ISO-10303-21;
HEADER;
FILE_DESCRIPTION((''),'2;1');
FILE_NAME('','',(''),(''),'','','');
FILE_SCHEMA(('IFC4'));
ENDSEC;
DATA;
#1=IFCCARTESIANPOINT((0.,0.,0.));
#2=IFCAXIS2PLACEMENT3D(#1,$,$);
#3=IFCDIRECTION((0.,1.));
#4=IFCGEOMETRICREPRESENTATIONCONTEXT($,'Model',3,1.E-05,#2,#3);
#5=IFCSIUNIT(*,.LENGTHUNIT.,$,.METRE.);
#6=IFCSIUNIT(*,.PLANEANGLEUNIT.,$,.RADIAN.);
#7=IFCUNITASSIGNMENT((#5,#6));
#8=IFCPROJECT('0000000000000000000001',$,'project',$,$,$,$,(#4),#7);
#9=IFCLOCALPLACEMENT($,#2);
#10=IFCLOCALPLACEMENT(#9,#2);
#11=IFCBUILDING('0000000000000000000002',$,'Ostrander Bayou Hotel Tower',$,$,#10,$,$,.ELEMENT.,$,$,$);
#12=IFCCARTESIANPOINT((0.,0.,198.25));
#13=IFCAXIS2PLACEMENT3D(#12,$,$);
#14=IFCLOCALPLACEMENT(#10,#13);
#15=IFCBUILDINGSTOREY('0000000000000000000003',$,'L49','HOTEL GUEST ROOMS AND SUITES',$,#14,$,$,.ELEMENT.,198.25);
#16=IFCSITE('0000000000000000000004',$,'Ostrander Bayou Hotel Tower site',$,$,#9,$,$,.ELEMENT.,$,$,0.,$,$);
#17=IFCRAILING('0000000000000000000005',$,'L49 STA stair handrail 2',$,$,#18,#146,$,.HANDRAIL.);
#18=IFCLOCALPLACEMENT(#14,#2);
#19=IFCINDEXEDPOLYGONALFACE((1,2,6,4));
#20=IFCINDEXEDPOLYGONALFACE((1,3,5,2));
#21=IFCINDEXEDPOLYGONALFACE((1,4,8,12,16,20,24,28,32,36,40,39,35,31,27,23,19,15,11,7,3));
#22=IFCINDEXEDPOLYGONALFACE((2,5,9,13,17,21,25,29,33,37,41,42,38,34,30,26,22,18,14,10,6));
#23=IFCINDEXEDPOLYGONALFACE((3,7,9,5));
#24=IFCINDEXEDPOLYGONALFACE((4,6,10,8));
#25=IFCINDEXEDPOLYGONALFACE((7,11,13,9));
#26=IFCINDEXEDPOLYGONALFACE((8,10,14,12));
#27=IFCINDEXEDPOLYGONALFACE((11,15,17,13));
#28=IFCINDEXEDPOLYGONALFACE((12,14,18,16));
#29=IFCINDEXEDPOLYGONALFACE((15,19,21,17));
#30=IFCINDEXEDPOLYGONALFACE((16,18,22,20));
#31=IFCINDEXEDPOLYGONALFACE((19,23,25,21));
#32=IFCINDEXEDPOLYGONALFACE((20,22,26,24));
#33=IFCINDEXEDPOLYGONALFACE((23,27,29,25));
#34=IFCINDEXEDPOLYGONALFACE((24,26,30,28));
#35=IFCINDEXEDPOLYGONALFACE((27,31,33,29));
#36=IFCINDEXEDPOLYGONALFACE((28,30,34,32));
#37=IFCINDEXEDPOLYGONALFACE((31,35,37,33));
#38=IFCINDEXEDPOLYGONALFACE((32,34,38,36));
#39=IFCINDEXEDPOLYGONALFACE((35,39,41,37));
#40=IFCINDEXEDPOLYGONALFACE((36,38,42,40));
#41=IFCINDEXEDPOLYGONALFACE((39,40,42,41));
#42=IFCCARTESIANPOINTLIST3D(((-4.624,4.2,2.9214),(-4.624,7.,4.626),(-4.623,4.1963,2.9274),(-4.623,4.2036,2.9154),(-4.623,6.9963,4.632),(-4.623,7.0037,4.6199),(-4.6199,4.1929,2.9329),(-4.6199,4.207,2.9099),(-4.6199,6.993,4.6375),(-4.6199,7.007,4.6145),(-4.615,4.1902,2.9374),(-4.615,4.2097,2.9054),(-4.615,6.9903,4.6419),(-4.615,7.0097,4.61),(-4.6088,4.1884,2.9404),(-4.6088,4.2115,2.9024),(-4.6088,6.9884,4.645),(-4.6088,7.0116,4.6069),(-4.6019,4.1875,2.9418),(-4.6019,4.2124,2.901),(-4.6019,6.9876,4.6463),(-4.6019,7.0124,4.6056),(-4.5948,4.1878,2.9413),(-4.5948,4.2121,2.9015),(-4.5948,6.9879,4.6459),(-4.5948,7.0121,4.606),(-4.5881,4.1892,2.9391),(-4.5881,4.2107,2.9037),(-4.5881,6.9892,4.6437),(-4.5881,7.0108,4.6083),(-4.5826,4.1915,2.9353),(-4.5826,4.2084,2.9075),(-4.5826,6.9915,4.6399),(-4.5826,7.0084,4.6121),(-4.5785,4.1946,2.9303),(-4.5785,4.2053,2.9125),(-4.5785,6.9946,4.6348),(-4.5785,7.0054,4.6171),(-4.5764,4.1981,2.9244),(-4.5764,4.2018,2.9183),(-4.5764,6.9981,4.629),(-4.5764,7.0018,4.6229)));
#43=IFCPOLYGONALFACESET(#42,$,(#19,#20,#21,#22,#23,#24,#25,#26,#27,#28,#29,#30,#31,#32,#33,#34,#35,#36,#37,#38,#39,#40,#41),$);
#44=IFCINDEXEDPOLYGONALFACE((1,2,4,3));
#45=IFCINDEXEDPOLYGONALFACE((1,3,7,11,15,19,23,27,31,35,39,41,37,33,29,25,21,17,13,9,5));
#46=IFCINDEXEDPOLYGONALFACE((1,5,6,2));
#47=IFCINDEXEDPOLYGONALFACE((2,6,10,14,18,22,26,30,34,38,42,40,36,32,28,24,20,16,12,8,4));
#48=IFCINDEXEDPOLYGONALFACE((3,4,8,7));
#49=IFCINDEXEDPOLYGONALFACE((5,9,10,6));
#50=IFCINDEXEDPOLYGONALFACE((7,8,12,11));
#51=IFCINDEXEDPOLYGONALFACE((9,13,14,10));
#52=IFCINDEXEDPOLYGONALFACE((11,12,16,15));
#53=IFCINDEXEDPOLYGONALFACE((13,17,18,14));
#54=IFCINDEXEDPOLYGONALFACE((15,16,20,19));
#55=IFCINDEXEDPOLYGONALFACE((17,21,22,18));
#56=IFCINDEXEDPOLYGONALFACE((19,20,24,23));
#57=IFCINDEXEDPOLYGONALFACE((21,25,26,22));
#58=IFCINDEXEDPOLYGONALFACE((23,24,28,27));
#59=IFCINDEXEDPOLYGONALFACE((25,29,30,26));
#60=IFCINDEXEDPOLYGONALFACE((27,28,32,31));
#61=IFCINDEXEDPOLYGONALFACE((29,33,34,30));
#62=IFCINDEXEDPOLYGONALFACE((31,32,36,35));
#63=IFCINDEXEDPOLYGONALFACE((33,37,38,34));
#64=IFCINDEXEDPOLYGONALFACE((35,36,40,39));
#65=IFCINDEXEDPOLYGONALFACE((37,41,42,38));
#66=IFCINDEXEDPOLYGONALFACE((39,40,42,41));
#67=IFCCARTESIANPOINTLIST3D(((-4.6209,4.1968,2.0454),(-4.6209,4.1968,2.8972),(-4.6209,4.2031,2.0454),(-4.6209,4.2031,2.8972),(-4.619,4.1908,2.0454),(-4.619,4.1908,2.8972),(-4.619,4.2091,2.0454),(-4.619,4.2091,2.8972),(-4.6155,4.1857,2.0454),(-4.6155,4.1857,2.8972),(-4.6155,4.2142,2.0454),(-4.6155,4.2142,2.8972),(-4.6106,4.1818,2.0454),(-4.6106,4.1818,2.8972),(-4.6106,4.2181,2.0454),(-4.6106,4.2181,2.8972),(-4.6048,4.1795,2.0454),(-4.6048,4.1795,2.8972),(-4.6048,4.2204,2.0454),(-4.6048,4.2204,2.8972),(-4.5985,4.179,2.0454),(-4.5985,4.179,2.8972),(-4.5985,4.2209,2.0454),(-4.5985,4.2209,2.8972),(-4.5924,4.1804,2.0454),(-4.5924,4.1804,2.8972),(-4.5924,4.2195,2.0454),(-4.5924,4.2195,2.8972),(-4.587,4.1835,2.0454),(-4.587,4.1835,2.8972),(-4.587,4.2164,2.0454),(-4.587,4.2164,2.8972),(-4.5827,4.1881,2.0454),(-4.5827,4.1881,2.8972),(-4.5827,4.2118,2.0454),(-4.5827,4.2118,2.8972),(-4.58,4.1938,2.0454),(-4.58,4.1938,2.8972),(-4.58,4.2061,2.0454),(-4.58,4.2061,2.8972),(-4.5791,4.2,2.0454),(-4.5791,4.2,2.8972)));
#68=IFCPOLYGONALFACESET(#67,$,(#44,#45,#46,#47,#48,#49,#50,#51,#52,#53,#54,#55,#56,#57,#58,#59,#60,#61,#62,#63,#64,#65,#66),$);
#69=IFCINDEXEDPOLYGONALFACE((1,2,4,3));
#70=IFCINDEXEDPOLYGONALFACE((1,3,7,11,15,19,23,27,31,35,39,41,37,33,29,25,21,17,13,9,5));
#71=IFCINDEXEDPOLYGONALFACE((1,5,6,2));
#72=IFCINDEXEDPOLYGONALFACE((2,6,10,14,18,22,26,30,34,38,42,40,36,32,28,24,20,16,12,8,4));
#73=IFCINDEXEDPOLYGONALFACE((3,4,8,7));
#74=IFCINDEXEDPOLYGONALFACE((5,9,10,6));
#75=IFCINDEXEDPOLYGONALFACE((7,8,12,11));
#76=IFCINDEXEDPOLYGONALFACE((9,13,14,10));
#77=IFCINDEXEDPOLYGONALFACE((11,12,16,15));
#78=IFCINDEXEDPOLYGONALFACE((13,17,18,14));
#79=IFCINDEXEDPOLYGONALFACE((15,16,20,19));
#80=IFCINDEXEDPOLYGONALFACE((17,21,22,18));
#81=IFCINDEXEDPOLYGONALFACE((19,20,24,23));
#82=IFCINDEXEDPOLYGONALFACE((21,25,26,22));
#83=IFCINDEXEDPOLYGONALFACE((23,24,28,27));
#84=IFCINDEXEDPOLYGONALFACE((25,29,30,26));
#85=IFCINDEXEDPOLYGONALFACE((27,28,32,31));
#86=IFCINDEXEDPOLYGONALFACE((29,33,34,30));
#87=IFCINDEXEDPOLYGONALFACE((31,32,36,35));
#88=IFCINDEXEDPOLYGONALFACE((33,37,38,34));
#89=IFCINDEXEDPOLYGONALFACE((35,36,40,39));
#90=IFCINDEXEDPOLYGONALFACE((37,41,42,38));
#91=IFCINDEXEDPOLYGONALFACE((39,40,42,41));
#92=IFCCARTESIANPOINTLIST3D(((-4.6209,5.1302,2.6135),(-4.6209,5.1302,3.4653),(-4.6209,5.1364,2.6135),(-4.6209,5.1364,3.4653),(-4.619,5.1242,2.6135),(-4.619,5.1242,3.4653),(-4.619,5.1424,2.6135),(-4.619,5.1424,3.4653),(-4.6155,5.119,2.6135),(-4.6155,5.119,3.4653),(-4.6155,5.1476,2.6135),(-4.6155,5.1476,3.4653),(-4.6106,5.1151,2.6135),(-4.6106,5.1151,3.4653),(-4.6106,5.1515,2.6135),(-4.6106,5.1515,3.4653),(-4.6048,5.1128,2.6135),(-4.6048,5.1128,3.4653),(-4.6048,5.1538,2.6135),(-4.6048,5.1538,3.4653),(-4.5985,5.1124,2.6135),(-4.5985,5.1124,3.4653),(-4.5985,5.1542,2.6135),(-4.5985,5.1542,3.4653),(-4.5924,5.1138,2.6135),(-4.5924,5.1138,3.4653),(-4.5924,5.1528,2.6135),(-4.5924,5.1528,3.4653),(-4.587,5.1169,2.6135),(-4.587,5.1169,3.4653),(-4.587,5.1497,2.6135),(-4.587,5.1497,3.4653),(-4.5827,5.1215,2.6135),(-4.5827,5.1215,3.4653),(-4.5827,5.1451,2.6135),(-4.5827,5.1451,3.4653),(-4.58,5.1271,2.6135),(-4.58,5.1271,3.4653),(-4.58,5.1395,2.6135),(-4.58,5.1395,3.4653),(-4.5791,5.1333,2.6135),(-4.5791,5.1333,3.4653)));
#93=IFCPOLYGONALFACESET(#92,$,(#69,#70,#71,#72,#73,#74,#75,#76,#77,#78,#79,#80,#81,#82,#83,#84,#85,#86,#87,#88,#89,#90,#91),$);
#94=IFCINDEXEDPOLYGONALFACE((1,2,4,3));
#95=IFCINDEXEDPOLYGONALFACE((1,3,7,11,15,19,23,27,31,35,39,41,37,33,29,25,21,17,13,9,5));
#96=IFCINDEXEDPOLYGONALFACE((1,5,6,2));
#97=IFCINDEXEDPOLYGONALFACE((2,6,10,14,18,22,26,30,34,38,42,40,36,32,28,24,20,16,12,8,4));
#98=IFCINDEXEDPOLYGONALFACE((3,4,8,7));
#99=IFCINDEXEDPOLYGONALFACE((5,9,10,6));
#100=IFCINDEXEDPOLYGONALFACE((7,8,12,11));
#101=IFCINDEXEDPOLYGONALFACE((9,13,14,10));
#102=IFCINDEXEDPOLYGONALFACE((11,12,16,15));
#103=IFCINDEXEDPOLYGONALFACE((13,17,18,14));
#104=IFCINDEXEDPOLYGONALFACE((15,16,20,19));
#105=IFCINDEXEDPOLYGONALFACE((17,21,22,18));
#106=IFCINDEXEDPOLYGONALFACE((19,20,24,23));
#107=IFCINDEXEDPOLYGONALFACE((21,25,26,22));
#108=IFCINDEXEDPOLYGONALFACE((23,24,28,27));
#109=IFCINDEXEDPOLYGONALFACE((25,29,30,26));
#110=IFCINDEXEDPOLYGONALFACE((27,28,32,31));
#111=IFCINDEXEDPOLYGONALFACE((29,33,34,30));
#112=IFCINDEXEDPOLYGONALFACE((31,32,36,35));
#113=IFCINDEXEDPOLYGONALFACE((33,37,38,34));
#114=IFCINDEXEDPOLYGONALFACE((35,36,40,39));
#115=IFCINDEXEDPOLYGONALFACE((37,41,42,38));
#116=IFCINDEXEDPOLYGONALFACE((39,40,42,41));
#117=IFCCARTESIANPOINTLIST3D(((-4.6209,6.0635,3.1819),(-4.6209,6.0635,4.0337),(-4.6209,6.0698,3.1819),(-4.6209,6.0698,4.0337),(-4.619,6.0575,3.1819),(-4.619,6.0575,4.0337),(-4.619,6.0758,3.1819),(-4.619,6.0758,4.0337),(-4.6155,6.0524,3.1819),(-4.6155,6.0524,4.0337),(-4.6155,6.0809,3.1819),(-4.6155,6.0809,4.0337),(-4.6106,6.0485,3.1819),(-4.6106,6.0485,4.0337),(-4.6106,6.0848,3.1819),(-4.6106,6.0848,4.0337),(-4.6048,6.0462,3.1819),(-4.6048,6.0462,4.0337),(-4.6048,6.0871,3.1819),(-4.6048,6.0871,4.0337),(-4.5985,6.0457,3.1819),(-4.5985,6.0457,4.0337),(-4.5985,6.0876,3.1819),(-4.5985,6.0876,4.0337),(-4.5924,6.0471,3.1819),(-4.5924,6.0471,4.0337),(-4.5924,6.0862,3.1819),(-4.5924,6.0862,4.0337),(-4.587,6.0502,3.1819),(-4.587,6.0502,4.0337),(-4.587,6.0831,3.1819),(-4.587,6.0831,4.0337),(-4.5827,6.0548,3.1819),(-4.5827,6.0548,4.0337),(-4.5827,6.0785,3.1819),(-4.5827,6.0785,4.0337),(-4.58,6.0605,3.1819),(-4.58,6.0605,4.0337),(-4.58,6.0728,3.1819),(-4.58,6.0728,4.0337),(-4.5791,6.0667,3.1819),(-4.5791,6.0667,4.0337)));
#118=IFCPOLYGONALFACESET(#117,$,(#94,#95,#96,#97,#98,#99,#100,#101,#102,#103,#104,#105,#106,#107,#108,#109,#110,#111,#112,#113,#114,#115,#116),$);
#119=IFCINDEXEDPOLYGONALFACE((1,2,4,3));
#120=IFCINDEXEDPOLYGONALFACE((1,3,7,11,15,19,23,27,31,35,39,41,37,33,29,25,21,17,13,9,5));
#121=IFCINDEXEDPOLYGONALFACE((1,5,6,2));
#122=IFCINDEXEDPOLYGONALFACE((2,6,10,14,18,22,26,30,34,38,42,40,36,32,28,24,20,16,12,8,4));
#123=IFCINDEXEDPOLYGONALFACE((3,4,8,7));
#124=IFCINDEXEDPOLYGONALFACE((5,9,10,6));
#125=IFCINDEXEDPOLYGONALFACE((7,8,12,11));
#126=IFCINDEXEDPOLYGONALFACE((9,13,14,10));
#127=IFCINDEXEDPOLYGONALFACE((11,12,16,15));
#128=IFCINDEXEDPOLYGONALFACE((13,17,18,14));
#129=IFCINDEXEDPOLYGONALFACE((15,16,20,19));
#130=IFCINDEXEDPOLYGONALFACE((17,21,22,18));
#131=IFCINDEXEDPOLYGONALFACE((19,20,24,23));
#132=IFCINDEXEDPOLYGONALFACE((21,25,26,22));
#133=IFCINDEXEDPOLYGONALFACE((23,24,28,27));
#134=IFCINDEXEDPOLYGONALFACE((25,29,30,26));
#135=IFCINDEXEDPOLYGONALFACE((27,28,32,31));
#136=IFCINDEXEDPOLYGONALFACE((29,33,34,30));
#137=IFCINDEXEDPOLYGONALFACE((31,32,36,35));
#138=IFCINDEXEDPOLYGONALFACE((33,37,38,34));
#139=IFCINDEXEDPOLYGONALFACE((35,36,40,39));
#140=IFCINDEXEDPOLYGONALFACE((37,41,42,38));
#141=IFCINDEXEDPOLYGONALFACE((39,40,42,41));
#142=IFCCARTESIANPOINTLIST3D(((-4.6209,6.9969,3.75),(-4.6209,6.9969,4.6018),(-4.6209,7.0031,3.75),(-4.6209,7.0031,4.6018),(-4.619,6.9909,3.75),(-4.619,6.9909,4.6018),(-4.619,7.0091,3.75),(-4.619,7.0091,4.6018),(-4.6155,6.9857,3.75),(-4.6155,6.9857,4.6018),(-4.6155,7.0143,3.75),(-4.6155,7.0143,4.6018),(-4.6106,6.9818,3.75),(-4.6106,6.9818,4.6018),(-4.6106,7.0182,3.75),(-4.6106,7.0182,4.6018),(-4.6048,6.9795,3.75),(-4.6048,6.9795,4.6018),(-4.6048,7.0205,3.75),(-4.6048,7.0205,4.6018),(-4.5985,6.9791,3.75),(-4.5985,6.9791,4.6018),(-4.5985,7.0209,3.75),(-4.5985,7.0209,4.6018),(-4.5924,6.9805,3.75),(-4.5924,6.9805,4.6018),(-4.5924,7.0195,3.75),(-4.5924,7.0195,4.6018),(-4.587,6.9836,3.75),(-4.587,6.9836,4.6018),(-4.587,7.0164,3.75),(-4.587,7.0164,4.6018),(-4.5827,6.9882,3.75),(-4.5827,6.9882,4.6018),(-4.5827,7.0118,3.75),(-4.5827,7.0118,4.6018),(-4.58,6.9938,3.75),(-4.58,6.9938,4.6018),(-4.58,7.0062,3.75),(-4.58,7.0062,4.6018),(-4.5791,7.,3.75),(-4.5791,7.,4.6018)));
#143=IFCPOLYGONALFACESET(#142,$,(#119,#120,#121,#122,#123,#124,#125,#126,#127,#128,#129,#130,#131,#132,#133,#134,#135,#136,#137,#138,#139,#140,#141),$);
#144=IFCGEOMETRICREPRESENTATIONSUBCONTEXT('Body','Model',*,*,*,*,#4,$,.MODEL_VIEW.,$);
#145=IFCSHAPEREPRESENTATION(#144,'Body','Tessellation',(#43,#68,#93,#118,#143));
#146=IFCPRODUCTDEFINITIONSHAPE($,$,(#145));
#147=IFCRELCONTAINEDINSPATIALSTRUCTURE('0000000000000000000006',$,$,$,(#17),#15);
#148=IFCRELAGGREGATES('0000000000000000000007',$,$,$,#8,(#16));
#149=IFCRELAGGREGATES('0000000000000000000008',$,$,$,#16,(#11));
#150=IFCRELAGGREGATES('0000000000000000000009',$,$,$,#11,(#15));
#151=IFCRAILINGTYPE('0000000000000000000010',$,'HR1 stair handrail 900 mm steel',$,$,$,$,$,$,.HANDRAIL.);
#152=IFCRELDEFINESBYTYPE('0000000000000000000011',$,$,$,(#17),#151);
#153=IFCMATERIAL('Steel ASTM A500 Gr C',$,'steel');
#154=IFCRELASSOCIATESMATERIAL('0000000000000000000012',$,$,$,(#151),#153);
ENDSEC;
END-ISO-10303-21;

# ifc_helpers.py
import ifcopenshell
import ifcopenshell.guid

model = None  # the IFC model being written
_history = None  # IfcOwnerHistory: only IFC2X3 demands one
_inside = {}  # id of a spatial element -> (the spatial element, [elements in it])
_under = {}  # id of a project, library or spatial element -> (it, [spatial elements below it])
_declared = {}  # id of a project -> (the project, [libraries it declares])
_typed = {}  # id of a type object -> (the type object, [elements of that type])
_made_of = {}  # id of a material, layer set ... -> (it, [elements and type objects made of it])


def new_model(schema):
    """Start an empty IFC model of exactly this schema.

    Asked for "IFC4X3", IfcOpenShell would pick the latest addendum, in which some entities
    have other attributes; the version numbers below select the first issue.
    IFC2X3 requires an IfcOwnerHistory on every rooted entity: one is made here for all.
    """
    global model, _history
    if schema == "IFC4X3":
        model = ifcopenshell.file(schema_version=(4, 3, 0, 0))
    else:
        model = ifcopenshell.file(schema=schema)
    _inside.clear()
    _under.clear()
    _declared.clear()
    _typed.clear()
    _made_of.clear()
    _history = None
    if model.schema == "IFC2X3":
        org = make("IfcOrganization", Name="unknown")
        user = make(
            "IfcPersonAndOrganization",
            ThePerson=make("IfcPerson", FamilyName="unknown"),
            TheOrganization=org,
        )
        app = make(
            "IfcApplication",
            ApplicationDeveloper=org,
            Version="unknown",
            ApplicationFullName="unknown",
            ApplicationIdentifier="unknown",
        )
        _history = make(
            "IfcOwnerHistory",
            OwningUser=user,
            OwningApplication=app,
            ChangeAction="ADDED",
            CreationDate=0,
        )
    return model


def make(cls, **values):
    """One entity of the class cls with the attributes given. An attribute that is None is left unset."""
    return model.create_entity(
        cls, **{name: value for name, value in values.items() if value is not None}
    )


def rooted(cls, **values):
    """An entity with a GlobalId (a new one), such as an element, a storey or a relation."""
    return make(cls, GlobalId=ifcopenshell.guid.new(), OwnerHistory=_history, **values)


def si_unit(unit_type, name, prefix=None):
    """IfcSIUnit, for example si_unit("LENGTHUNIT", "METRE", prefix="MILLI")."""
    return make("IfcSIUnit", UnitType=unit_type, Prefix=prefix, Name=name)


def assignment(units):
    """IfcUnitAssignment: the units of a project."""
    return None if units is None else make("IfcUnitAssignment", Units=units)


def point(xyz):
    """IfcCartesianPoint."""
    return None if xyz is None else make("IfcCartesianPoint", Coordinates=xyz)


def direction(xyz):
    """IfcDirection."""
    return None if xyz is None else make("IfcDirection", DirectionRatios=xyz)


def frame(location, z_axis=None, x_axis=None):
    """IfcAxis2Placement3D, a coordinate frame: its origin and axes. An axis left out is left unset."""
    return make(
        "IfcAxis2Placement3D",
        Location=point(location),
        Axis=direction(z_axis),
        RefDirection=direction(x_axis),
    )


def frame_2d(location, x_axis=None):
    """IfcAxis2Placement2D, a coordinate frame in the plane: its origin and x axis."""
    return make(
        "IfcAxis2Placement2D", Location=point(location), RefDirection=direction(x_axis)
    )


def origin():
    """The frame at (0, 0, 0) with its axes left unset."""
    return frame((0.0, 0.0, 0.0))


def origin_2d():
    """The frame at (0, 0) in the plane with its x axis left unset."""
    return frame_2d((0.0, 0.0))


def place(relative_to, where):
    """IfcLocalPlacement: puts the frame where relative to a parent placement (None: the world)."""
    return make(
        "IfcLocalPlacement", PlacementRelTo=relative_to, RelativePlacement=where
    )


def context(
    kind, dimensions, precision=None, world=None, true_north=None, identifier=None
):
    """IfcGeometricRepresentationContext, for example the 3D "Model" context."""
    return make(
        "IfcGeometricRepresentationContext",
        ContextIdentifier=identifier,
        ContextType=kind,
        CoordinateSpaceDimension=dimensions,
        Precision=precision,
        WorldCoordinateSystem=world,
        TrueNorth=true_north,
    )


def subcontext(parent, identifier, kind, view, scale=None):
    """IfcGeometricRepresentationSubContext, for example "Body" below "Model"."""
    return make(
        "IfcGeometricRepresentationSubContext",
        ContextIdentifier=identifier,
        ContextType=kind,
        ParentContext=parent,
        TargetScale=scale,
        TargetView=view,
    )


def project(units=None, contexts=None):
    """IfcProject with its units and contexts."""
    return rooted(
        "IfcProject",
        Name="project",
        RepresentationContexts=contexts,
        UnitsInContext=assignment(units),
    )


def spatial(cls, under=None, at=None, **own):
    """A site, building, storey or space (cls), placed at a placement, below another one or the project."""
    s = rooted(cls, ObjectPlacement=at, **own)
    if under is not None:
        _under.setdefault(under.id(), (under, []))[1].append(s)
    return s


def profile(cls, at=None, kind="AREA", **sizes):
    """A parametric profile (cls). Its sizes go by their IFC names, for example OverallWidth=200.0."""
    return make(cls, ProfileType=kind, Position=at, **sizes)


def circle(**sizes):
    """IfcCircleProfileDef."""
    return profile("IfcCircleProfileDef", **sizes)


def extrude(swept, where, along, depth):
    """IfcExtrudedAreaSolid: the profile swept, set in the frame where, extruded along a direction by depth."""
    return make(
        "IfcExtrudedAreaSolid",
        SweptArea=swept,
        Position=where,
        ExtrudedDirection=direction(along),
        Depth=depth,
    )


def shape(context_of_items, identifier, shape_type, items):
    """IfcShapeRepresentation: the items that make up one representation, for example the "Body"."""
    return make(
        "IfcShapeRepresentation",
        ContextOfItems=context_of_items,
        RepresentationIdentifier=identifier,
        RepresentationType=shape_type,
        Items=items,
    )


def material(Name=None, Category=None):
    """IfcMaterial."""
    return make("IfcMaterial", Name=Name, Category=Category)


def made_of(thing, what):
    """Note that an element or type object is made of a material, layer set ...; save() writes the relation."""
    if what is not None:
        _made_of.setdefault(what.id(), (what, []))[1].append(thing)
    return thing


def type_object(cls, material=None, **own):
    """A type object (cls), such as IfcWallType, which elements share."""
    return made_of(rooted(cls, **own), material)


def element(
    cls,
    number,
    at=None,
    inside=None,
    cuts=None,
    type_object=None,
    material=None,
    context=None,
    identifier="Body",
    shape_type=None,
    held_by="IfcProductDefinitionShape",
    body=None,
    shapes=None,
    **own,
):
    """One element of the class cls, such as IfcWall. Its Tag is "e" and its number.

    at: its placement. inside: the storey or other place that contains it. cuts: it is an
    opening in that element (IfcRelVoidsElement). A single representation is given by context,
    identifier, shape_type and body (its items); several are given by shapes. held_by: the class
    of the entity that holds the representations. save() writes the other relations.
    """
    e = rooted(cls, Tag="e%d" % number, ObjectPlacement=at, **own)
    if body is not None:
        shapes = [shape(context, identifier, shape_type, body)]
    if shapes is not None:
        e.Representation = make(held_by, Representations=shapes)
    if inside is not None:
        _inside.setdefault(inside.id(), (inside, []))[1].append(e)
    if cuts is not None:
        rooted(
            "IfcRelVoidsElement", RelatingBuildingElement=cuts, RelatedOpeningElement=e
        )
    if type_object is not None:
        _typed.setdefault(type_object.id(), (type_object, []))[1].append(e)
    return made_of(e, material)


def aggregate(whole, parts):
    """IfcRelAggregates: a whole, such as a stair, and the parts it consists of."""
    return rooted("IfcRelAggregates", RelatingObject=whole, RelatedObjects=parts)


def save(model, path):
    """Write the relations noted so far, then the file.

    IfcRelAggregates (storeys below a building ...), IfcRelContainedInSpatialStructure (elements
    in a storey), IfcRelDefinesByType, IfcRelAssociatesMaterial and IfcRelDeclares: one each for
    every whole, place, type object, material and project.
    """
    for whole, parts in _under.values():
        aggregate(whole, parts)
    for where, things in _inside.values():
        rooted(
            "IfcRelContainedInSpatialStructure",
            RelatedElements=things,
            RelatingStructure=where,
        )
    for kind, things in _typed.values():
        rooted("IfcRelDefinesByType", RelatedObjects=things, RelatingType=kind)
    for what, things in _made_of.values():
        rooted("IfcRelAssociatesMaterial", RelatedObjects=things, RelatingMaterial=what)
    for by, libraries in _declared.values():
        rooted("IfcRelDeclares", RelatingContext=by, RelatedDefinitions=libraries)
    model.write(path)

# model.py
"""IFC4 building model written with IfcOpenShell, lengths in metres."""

from ifc_helpers import new_model, si_unit, direction, frame, origin, origin_2d, place, context, subcontext, project, spatial, circle, extrude, material, type_object, element, save


model = new_model("IFC4")

# Units and contexts
model_context = context("Model", 3, precision=1e-05, world=origin(), true_north=direction((0.0, 1.0)))
body_context = subcontext(model_context, "Body", "Model", "MODEL_VIEW")
ifc_project = project(units=[si_unit("LENGTHUNIT", "METRE"), si_unit("PLANEANGLEUNIT", "RADIAN")], contexts=[model_context])

# Site, building, storey
site_placement = place(None, origin())
site = spatial("IfcSite", under=ifc_project, at=site_placement, Name="Ostrander Bayou Hotel Tower site", CompositionType="ELEMENT", RefElevation=0.0)
building_placement = place(site_placement, origin())
building = spatial("IfcBuilding", under=site, at=building_placement, Name="Ostrander Bayou Hotel Tower", CompositionType="ELEMENT")
storey_placement = place(building_placement, frame((0.0, 0.0, 198.25)))
storey = spatial("IfcBuildingStorey", under=building, at=storey_placement, Name="L49", Description="HOTEL GUEST ROOMS AND SUITES", CompositionType="ELEMENT", Elevation=198.25)

# Railing
ifc_material_1 = material(Name="Steel ASTM A500 Gr C", Category="steel")
railing_type_1 = type_object("IfcRailingType", Name="HR1 stair handrail 900 mm steel", PredefinedType="HANDRAIL", material=ifc_material_1)
railing_1_placement = place(storey_placement, frame((-4.6001, 4.2, 2.0454)))
element("IfcRailing", 1, at=railing_1_placement, inside=storey, type_object=railing_type_1, Name="L49 STA stair handrail 2", PredefinedType="HANDRAIL", context=body_context, shape_type="SweptSolid", body=[
    extrude(circle(Radius=0.0239, at=origin_2d()), frame((0.0, 0.0, 0.876), z_axis=(0.0, 0.85417, 0.519994), x_axis=(-1.0, 0.0, 0.0)), (0.0, 0.0, 1.0), 3.2781),
    extrude(circle(Radius=0.021, at=origin_2d()), origin(), (0.0, 0.0, 1.0), 0.8518),
    extrude(circle(Radius=0.021, at=origin_2d()), frame((0.0, 0.9333, 0.5681)), (0.0, 0.0, 1.0), 0.8518),
    extrude(circle(Radius=0.021, at=origin_2d()), frame((0.0, 1.8667, 1.1365)), (0.0, 0.0, 1.0), 0.8518),
    extrude(circle(Radius=0.021, at=origin_2d()), frame((0.0, 2.8, 1.7046)), (0.0, 0.0, 1.0), 0.8518),
])

save(model, "model.ifc")
